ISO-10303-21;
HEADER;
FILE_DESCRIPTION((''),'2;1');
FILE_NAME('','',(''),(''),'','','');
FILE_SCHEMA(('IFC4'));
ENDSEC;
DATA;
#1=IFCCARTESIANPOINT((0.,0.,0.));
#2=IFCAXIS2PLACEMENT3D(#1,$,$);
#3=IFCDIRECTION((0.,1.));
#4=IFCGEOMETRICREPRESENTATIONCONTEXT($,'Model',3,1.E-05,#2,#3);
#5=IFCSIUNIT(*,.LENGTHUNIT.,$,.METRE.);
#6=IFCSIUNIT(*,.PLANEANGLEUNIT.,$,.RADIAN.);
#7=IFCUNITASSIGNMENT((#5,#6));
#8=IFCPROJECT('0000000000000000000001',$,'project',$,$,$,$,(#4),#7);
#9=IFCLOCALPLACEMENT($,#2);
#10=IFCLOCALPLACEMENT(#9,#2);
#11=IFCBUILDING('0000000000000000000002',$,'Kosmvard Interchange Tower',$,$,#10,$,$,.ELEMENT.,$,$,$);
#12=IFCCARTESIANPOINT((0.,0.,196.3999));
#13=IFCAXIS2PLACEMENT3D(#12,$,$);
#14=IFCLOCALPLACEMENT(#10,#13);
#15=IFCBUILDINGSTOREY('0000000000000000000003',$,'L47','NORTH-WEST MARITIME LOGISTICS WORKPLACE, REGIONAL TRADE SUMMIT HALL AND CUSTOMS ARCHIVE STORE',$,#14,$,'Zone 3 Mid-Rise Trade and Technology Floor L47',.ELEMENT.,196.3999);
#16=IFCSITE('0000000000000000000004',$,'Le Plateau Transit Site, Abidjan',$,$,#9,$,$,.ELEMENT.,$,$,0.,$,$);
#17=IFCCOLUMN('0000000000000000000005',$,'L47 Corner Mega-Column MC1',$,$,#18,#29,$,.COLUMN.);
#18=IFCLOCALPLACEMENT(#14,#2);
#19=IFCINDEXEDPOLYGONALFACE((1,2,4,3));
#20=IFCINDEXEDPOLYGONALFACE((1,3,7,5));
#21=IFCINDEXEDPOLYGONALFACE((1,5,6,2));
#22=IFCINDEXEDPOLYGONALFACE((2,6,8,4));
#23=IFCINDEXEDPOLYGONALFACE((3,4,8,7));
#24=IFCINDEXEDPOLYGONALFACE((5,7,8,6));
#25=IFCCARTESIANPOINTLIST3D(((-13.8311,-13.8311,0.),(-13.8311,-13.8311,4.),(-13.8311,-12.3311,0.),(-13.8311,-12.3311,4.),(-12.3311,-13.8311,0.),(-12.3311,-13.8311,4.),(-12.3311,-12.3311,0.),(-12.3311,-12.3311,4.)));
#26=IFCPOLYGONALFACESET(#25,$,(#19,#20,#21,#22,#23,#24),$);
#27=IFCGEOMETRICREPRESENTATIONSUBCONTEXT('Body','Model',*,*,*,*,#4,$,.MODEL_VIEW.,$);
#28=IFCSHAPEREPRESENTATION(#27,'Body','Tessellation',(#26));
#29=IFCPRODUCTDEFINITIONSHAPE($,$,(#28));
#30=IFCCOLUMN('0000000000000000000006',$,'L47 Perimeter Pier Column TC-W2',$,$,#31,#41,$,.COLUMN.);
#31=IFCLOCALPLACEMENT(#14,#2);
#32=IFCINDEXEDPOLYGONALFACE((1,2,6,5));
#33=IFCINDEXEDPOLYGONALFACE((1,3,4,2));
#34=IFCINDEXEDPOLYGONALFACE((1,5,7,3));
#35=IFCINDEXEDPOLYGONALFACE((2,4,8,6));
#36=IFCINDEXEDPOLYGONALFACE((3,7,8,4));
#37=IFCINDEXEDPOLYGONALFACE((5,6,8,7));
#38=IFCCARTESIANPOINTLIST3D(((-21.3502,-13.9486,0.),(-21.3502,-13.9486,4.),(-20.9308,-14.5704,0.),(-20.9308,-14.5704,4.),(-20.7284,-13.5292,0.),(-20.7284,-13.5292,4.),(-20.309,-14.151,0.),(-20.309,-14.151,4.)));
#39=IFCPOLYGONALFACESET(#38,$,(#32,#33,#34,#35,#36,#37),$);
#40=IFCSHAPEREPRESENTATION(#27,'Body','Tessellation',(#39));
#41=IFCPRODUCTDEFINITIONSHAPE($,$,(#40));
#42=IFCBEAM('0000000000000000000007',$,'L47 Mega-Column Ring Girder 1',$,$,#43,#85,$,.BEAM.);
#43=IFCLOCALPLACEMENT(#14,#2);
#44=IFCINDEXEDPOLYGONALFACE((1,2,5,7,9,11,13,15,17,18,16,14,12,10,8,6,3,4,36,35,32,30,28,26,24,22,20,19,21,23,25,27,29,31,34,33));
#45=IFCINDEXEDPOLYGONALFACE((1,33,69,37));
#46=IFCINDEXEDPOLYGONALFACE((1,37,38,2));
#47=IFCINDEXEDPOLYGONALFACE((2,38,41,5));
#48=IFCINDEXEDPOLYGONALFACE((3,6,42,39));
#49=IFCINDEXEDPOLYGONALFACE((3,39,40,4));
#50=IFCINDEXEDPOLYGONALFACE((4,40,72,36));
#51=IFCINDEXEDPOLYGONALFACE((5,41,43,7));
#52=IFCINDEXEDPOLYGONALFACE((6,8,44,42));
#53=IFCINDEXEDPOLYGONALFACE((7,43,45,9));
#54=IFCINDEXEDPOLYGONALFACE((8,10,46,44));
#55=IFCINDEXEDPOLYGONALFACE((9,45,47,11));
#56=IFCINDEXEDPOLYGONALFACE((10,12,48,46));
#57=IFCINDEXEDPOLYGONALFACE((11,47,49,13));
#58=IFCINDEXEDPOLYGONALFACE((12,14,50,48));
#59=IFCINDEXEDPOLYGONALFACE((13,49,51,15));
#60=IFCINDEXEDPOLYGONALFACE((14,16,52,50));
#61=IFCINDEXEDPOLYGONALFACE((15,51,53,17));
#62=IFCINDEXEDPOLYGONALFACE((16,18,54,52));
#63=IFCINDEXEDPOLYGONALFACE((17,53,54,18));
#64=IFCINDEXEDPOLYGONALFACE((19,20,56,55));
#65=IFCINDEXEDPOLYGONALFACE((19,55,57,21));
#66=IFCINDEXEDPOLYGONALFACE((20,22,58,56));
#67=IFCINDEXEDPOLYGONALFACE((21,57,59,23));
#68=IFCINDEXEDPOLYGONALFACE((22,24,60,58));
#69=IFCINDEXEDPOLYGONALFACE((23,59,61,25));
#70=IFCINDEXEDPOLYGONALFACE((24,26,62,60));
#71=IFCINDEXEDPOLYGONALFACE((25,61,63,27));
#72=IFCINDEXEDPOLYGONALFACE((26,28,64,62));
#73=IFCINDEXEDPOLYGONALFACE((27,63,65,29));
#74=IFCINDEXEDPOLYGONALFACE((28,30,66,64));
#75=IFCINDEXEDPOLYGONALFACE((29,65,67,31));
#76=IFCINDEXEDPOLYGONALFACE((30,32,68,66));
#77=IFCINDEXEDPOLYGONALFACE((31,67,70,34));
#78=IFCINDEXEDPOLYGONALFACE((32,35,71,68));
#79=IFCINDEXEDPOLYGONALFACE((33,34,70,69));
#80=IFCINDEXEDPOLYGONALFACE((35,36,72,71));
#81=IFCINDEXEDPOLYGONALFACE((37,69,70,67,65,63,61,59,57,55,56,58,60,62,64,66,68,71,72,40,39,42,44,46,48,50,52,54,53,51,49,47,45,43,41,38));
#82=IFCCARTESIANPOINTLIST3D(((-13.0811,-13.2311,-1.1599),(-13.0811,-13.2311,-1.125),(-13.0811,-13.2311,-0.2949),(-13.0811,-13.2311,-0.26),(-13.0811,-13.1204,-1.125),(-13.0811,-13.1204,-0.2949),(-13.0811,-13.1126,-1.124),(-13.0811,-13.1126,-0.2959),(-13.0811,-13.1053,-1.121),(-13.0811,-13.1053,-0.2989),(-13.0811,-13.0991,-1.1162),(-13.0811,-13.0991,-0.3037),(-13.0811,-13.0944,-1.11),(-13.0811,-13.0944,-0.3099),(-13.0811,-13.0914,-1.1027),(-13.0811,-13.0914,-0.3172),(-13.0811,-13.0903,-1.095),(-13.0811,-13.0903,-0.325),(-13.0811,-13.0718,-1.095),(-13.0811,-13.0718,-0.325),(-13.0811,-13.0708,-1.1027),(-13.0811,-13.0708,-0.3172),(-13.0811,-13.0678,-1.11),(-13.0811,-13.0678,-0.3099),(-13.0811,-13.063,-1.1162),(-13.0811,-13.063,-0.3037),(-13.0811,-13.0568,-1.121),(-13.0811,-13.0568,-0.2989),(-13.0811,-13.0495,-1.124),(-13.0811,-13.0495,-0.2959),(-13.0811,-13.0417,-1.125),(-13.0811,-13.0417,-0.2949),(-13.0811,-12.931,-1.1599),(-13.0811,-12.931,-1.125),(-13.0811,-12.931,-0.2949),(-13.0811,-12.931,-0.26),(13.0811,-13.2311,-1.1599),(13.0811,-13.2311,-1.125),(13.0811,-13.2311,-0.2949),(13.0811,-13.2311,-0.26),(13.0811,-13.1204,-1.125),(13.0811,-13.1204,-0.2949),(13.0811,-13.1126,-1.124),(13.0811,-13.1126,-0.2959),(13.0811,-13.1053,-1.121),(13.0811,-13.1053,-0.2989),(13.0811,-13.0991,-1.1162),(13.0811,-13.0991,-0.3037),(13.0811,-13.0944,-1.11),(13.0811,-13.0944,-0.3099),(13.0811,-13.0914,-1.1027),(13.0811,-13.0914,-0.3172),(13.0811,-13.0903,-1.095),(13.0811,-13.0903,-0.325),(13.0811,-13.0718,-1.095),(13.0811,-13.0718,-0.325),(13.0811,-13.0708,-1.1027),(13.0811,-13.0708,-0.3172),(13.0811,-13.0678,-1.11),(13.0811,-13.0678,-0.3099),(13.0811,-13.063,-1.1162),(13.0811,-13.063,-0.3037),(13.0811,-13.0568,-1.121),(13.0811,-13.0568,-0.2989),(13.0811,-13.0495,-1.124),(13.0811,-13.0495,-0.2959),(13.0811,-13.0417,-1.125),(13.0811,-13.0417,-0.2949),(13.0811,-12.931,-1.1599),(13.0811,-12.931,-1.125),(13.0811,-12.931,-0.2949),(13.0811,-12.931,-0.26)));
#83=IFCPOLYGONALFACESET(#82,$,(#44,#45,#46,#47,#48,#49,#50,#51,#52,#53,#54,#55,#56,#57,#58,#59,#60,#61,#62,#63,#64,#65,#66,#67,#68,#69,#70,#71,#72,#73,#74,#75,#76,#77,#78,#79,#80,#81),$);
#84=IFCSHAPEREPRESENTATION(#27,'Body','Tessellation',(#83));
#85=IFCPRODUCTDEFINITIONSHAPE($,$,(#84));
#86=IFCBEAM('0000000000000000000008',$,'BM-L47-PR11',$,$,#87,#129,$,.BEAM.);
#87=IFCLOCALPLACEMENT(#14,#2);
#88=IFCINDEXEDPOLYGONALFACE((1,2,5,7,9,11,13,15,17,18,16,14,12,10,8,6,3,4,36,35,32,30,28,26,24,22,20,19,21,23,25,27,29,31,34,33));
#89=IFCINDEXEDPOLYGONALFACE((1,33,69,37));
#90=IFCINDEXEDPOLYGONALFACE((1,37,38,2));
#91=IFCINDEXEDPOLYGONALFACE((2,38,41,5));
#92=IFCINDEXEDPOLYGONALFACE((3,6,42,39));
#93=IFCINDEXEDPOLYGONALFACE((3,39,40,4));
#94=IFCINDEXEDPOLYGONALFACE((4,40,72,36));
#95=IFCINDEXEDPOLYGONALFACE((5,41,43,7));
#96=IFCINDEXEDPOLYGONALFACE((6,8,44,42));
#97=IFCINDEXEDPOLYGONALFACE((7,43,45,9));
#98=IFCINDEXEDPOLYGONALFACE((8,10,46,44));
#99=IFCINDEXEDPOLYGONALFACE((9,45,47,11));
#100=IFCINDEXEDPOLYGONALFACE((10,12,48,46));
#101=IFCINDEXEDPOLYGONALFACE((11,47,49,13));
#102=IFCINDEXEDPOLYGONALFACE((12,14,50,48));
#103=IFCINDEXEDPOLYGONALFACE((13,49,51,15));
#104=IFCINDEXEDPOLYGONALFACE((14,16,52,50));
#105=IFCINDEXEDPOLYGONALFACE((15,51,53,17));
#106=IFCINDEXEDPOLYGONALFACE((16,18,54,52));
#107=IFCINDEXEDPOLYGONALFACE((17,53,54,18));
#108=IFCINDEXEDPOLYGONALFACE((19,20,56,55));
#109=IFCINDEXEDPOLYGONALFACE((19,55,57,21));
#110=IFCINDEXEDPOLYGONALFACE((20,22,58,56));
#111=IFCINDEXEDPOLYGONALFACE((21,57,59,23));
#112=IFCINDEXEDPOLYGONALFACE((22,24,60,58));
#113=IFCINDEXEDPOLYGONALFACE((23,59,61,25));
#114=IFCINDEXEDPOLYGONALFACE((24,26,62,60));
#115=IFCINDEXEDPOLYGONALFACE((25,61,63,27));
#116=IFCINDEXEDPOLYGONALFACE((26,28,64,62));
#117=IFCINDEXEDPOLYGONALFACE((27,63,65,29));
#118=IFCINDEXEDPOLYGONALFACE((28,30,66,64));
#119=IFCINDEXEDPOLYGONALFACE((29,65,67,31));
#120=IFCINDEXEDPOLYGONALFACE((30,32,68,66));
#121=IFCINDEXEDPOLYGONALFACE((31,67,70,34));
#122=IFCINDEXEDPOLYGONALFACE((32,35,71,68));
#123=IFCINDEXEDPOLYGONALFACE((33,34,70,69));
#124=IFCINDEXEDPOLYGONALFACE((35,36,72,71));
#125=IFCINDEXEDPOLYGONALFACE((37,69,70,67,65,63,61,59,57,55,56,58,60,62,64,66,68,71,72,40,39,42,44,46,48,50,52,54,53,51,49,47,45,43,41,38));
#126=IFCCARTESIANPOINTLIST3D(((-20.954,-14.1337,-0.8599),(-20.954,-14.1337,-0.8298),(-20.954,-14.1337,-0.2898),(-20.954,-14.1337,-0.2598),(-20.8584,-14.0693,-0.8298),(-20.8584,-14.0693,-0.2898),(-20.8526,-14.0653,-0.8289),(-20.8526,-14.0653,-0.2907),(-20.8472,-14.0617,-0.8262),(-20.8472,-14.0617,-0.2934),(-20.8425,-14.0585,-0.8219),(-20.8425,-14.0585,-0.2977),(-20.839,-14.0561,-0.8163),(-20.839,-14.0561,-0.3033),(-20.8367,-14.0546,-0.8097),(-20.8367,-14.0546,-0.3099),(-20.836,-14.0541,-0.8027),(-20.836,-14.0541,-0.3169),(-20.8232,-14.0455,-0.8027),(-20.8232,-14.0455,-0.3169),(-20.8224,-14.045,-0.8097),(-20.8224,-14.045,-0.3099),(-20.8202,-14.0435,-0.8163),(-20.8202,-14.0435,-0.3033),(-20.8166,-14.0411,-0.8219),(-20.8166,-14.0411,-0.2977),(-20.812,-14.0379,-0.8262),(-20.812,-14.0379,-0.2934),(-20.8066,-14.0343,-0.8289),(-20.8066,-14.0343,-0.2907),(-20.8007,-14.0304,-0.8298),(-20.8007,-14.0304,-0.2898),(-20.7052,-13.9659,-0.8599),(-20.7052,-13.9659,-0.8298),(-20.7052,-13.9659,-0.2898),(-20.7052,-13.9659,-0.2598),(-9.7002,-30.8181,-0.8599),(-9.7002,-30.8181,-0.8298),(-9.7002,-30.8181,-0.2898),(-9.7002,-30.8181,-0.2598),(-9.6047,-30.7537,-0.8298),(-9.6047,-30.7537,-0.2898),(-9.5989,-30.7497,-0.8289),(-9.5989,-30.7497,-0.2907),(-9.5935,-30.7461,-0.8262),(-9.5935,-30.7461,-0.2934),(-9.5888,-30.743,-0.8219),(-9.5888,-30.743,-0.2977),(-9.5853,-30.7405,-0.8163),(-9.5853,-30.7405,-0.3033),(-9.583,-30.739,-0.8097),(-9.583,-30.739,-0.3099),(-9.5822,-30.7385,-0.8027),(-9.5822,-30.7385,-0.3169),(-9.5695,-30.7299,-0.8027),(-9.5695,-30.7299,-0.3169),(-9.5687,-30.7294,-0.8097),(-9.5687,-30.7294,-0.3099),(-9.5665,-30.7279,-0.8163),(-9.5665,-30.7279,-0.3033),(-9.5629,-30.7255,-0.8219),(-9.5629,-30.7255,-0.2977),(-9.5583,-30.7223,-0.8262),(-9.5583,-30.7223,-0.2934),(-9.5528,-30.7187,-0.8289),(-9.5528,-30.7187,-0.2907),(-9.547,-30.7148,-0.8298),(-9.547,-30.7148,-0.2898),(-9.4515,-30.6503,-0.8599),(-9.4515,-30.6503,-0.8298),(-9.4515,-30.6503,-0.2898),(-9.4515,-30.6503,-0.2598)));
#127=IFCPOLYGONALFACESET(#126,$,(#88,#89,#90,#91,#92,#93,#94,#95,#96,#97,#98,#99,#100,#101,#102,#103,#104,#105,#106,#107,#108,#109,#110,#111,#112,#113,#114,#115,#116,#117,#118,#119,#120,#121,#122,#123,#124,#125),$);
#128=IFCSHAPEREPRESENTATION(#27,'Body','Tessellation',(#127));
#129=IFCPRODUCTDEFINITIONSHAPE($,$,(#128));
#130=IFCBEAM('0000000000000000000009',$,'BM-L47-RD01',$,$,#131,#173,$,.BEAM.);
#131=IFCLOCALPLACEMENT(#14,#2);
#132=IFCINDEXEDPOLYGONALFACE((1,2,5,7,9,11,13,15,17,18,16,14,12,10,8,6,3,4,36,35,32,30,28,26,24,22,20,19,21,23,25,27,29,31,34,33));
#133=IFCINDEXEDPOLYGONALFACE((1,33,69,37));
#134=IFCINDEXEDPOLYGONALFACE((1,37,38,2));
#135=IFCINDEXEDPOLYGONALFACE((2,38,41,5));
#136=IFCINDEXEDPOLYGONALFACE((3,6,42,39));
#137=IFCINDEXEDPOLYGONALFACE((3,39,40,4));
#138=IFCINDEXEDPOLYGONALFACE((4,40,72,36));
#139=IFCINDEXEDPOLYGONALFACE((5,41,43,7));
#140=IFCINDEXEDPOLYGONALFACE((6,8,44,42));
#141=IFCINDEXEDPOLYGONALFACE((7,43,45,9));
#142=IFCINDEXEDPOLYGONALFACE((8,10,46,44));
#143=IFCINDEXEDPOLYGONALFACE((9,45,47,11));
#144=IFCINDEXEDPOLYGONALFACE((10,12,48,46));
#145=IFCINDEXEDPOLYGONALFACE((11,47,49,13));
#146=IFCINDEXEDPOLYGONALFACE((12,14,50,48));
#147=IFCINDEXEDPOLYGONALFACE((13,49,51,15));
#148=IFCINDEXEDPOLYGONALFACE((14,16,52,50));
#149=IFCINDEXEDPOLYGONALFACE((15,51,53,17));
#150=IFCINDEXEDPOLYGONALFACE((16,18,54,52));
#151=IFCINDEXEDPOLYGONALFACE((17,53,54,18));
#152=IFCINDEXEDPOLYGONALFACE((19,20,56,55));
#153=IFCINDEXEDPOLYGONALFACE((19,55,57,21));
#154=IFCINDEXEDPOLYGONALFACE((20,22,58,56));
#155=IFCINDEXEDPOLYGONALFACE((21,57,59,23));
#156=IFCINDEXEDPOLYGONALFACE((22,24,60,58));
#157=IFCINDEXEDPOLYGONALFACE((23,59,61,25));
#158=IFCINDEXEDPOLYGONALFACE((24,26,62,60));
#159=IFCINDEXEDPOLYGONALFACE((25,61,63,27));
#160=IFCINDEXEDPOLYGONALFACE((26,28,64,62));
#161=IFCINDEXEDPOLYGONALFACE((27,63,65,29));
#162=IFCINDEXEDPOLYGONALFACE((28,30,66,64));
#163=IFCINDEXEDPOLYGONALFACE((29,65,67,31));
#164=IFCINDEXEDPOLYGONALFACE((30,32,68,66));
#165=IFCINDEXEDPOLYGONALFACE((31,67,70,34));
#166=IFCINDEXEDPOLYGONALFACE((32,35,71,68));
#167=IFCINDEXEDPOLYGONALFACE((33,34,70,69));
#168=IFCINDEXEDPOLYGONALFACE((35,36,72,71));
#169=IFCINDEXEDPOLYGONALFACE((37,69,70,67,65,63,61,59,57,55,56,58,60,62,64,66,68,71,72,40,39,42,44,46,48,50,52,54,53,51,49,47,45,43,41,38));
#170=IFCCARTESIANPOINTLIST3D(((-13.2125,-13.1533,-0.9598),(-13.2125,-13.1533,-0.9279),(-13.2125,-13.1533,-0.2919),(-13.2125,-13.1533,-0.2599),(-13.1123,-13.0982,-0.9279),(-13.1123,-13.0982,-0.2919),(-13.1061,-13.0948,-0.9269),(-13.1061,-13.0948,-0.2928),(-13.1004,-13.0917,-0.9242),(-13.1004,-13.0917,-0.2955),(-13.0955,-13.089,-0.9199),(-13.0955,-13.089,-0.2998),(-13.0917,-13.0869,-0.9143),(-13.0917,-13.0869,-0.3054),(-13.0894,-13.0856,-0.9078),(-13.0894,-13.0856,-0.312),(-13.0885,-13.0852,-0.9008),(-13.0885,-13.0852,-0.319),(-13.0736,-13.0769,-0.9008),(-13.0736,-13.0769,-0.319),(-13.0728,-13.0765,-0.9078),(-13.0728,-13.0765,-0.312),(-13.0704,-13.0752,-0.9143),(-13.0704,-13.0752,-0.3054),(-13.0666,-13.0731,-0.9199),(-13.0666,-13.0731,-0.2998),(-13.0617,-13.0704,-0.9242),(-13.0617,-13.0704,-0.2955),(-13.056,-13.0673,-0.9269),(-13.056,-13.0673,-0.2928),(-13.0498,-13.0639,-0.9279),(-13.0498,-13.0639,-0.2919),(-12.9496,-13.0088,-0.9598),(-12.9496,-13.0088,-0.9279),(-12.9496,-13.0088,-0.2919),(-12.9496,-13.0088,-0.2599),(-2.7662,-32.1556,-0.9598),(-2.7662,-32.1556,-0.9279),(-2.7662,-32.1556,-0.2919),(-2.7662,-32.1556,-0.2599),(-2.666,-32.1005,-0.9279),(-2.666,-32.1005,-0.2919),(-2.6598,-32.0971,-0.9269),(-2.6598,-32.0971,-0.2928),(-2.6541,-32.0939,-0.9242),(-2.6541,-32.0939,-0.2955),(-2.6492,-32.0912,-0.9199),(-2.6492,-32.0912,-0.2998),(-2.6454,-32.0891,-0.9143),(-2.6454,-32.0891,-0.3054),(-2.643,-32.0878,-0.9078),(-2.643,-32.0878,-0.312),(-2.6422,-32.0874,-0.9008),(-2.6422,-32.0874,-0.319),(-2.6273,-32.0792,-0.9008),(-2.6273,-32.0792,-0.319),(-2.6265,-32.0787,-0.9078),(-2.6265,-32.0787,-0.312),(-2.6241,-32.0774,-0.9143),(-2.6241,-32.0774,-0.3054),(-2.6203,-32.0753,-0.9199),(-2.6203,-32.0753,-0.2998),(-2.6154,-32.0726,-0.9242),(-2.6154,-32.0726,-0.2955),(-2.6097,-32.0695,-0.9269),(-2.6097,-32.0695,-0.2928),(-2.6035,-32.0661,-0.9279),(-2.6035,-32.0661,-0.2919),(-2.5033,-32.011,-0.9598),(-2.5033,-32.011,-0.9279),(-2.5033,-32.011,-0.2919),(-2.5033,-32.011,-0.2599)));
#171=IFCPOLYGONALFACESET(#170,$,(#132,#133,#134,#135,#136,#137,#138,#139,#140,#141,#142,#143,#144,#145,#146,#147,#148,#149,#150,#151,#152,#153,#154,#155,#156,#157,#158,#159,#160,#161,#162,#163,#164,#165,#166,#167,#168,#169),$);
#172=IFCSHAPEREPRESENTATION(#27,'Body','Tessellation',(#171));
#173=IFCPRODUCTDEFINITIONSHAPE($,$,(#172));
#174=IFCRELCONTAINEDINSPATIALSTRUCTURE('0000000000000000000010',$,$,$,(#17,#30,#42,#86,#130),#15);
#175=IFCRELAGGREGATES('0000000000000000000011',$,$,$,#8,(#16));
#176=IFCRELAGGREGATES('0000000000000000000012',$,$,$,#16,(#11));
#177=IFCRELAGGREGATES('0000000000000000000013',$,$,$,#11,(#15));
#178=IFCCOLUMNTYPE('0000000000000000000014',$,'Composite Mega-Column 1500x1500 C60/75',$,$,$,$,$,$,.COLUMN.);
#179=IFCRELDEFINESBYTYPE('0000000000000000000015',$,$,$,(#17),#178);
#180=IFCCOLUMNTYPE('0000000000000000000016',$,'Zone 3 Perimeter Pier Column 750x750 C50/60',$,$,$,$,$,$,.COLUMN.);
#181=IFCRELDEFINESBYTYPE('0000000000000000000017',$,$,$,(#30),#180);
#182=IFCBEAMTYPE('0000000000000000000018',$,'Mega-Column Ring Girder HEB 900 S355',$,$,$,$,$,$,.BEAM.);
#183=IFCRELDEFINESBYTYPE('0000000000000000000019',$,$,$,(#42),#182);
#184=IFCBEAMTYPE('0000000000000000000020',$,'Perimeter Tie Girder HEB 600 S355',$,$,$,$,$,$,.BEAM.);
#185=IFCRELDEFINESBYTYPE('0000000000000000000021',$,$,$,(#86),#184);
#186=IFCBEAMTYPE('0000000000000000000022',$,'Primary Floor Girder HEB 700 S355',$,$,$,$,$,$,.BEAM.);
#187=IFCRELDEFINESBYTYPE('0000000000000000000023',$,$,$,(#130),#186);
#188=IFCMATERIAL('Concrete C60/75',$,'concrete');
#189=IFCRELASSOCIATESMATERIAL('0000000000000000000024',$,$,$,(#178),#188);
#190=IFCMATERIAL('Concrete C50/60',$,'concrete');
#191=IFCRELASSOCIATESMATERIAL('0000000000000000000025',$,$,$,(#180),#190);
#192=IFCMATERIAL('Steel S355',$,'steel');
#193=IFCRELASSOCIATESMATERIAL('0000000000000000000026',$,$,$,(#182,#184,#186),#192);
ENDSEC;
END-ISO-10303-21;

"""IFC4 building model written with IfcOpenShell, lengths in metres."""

from ifc_helpers import new_model, si_unit, direction, frame, origin, origin_2d, place, context, subcontext, project, spatial, rectangle, i_section, extrude, source, transform, mapped, material, material_profile, profile_set, type_object, element, save


model = new_model("IFC4")

# Units and contexts
model_context = context("Model", 3, precision=1e-05, world=origin(), true_north=direction((0.0, 1.0)))
body_context = subcontext(model_context, "Body", "Model", "MODEL_VIEW")
ifc_project = project(units=[si_unit("LENGTHUNIT", "METRE"), si_unit("PLANEANGLEUNIT", "RADIAN")], contexts=[model_context])

# Site, building, storey
site_placement = place(None, origin())
site = spatial("IfcSite", under=ifc_project, at=site_placement, Name="Le Plateau Transit Site, Abidjan", CompositionType="ELEMENT", RefElevation=0.0)
building_placement = place(site_placement, origin())
building = spatial("IfcBuilding", under=site, at=building_placement, Name="Kosmvard Interchange Tower", CompositionType="ELEMENT")
storey_placement = place(building_placement, frame((0.0, 0.0, 196.3999)))
storey = spatial("IfcBuildingStorey", under=building, at=storey_placement, Name="L47", Description="NORTH-WEST MARITIME LOGISTICS WORKPLACE, REGIONAL TRADE SUMMIT HALL AND CUSTOMS ARCHIVE STORE", LongName="Zone 3 Mid-Rise Trade and Technology Floor L47", CompositionType="ELEMENT", Elevation=196.3999)

# Columns
ifc_material_1 = material(Name="Concrete C60/75", Category="concrete")
ifc_material_profile_1 = material_profile(ifc_material_1, rectangle(XDim=1.5, YDim=1.5, at=origin_2d()), Name="MC 1500x1500")
ifc_profile_set_1 = profile_set([ifc_material_profile_1], Name="Concrete C60/75")
column_type_1 = type_object("IfcColumnType", Name="Composite Mega-Column 1500x1500 C60/75", PredefinedType="COLUMN", material=ifc_profile_set_1)
shared_shape_1 = source(origin(), body_context, "Body", "SweptSolid", [
    extrude(rectangle(XDim=1.5, YDim=1.5, at=origin_2d()), origin(), (0.0, 0.0, 1.0), 4.0),
])
column_1_placement = place(storey_placement, frame((-13.0811, -13.0811, 0.0), z_axis=(0.0, 0.0, 1.0), x_axis=(1.0, 0.0, 0.0)))
element("IfcColumn", 1, at=column_1_placement, inside=storey, type_object=column_type_1, Name="L47 Corner Mega-Column MC1", PredefinedType="COLUMN", context=body_context, shape_type="MappedRepresentation", body=[
    mapped(shared_shape_1, transform((0.0, 0.0, 0.0), scale=1.0)),
])
ifc_material_2 = material(Name="Concrete C50/60", Category="concrete")
ifc_material_profile_2 = material_profile(ifc_material_2, rectangle(XDim=0.75, YDim=0.75, at=origin_2d()), Name="TC 750x750")
ifc_profile_set_2 = profile_set([ifc_material_profile_2], Name="Concrete C50/60")
column_type_2 = type_object("IfcColumnType", Name="Zone 3 Perimeter Pier Column 750x750 C50/60", PredefinedType="COLUMN", material=ifc_profile_set_2)
shared_shape_2 = source(origin(), body_context, "Body", "SweptSolid", [
    extrude(rectangle(XDim=0.75, YDim=0.75, at=origin_2d()), origin(), (0.0, 0.0, 1.0), 4.0),
])
column_2_placement = place(storey_placement, frame((-20.8296, -14.0498, 0.0), z_axis=(0.0, 0.0, 1.0), x_axis=(0.829038, 0.559193, 0.0)))
element("IfcColumn", 2, at=column_2_placement, inside=storey, type_object=column_type_2, Name="L47 Perimeter Pier Column TC-W2", PredefinedType="COLUMN", context=body_context, shape_type="MappedRepresentation", body=[
    mapped(shared_shape_2, transform((0.0, 0.0, 0.0), scale=1.0)),
])

# Beams
ifc_material_3 = material(Name="Steel S355", Category="steel")
ifc_material_profile_3 = material_profile(ifc_material_3, i_section(OverallWidth=0.3, OverallDepth=0.8999, WebThickness=0.0186, FlangeThickness=0.0349, FilletRadius=0.03, at=origin_2d()), Name="HEB 900")
ifc_profile_set_3 = profile_set([ifc_material_profile_3], Name="Steel S355")
beam_type_1 = type_object("IfcBeamType", Name="Mega-Column Ring Girder HEB 900 S355", PredefinedType="BEAM", material=ifc_profile_set_3)
shared_shape_3 = source(origin(), body_context, "Body", "SweptSolid", [
    extrude(i_section(OverallWidth=0.3, OverallDepth=0.8999, WebThickness=0.0186, FlangeThickness=0.0349, FilletRadius=0.03, at=origin_2d()), origin(), (0.0, 0.0, 1.0), 26.1621),
])
beam_1_placement = place(storey_placement, frame((-13.0811, -13.0811, -0.71), z_axis=(1.0, 0.0, 0.0), x_axis=(0.0, 1.0, 0.0)))
element("IfcBeam", 3, at=beam_1_placement, inside=storey, type_object=beam_type_1, Name="L47 Mega-Column Ring Girder 1", PredefinedType="BEAM", context=body_context, shape_type="MappedRepresentation", body=[
    mapped(shared_shape_3, transform((0.0, 0.0, 0.0), scale=1.0)),
])
ifc_material_profile_4 = material_profile(ifc_material_3, i_section(OverallWidth=0.3, OverallDepth=0.6001, WebThickness=0.0154, FlangeThickness=0.03, FilletRadius=0.0271, at=origin_2d()), Name="HEB 600")
ifc_profile_set_4 = profile_set([ifc_material_profile_4], Name="Steel S355")
beam_type_2 = type_object("IfcBeamType", Name="Perimeter Tie Girder HEB 600 S355", PredefinedType="BEAM", material=ifc_profile_set_4)
shared_shape_4 = source(origin(), body_context, "Body", "SweptSolid", [
    extrude(i_section(OverallWidth=0.3, OverallDepth=0.6001, WebThickness=0.0154, FlangeThickness=0.03, FilletRadius=0.0271, at=origin_2d()), origin(), (0.0, 0.0, 1.0), 20.125),
])
beam_2_placement = place(storey_placement, frame((-20.8296, -14.0498, -0.5598), z_axis=(0.559191, -0.829039, 0.0), x_axis=(0.829039, 0.559191, 0.0)))
element("IfcBeam", 4, at=beam_2_placement, inside=storey, type_object=beam_type_2, Name="BM-L47-PR11", PredefinedType="BEAM", context=body_context, shape_type="MappedRepresentation", body=[
    mapped(shared_shape_4, transform((0.0, 0.0, 0.0), scale=1.0)),
])
ifc_material_profile_5 = material_profile(ifc_material_3, i_section(OverallWidth=0.3, OverallDepth=0.7, WebThickness=0.0171, FlangeThickness=0.032, FilletRadius=0.0271, at=origin_2d()), Name="HEB 700")
ifc_profile_set_5 = profile_set([ifc_material_profile_5], Name="Steel S355")
beam_type_3 = type_object("IfcBeamType", Name="Primary Floor Girder HEB 700 S355", PredefinedType="BEAM", material=ifc_profile_set_5)
shared_shape_5 = source(origin(), body_context, "Body", "SweptSolid", [
    extrude(i_section(OverallWidth=0.3, OverallDepth=0.7, WebThickness=0.0171, FlangeThickness=0.032, FilletRadius=0.0271, at=origin_2d()), origin(), (0.0, 0.0, 1.0), 21.6843),
])
beam_3_placement = place(storey_placement, frame((-13.0811, -13.0811, -0.6099), z_axis=(0.481745, -0.876312, 0.0), x_axis=(0.876312, 0.481745, 0.0)))
element("IfcBeam", 5, at=beam_3_placement, inside=storey, type_object=beam_type_3, Name="BM-L47-RD01", PredefinedType="BEAM", context=body_context, shape_type="MappedRepresentation", body=[
    mapped(shared_shape_5, transform((0.0, 0.0, 0.0), scale=1.0)),
])

save(model, "model.ifc")
